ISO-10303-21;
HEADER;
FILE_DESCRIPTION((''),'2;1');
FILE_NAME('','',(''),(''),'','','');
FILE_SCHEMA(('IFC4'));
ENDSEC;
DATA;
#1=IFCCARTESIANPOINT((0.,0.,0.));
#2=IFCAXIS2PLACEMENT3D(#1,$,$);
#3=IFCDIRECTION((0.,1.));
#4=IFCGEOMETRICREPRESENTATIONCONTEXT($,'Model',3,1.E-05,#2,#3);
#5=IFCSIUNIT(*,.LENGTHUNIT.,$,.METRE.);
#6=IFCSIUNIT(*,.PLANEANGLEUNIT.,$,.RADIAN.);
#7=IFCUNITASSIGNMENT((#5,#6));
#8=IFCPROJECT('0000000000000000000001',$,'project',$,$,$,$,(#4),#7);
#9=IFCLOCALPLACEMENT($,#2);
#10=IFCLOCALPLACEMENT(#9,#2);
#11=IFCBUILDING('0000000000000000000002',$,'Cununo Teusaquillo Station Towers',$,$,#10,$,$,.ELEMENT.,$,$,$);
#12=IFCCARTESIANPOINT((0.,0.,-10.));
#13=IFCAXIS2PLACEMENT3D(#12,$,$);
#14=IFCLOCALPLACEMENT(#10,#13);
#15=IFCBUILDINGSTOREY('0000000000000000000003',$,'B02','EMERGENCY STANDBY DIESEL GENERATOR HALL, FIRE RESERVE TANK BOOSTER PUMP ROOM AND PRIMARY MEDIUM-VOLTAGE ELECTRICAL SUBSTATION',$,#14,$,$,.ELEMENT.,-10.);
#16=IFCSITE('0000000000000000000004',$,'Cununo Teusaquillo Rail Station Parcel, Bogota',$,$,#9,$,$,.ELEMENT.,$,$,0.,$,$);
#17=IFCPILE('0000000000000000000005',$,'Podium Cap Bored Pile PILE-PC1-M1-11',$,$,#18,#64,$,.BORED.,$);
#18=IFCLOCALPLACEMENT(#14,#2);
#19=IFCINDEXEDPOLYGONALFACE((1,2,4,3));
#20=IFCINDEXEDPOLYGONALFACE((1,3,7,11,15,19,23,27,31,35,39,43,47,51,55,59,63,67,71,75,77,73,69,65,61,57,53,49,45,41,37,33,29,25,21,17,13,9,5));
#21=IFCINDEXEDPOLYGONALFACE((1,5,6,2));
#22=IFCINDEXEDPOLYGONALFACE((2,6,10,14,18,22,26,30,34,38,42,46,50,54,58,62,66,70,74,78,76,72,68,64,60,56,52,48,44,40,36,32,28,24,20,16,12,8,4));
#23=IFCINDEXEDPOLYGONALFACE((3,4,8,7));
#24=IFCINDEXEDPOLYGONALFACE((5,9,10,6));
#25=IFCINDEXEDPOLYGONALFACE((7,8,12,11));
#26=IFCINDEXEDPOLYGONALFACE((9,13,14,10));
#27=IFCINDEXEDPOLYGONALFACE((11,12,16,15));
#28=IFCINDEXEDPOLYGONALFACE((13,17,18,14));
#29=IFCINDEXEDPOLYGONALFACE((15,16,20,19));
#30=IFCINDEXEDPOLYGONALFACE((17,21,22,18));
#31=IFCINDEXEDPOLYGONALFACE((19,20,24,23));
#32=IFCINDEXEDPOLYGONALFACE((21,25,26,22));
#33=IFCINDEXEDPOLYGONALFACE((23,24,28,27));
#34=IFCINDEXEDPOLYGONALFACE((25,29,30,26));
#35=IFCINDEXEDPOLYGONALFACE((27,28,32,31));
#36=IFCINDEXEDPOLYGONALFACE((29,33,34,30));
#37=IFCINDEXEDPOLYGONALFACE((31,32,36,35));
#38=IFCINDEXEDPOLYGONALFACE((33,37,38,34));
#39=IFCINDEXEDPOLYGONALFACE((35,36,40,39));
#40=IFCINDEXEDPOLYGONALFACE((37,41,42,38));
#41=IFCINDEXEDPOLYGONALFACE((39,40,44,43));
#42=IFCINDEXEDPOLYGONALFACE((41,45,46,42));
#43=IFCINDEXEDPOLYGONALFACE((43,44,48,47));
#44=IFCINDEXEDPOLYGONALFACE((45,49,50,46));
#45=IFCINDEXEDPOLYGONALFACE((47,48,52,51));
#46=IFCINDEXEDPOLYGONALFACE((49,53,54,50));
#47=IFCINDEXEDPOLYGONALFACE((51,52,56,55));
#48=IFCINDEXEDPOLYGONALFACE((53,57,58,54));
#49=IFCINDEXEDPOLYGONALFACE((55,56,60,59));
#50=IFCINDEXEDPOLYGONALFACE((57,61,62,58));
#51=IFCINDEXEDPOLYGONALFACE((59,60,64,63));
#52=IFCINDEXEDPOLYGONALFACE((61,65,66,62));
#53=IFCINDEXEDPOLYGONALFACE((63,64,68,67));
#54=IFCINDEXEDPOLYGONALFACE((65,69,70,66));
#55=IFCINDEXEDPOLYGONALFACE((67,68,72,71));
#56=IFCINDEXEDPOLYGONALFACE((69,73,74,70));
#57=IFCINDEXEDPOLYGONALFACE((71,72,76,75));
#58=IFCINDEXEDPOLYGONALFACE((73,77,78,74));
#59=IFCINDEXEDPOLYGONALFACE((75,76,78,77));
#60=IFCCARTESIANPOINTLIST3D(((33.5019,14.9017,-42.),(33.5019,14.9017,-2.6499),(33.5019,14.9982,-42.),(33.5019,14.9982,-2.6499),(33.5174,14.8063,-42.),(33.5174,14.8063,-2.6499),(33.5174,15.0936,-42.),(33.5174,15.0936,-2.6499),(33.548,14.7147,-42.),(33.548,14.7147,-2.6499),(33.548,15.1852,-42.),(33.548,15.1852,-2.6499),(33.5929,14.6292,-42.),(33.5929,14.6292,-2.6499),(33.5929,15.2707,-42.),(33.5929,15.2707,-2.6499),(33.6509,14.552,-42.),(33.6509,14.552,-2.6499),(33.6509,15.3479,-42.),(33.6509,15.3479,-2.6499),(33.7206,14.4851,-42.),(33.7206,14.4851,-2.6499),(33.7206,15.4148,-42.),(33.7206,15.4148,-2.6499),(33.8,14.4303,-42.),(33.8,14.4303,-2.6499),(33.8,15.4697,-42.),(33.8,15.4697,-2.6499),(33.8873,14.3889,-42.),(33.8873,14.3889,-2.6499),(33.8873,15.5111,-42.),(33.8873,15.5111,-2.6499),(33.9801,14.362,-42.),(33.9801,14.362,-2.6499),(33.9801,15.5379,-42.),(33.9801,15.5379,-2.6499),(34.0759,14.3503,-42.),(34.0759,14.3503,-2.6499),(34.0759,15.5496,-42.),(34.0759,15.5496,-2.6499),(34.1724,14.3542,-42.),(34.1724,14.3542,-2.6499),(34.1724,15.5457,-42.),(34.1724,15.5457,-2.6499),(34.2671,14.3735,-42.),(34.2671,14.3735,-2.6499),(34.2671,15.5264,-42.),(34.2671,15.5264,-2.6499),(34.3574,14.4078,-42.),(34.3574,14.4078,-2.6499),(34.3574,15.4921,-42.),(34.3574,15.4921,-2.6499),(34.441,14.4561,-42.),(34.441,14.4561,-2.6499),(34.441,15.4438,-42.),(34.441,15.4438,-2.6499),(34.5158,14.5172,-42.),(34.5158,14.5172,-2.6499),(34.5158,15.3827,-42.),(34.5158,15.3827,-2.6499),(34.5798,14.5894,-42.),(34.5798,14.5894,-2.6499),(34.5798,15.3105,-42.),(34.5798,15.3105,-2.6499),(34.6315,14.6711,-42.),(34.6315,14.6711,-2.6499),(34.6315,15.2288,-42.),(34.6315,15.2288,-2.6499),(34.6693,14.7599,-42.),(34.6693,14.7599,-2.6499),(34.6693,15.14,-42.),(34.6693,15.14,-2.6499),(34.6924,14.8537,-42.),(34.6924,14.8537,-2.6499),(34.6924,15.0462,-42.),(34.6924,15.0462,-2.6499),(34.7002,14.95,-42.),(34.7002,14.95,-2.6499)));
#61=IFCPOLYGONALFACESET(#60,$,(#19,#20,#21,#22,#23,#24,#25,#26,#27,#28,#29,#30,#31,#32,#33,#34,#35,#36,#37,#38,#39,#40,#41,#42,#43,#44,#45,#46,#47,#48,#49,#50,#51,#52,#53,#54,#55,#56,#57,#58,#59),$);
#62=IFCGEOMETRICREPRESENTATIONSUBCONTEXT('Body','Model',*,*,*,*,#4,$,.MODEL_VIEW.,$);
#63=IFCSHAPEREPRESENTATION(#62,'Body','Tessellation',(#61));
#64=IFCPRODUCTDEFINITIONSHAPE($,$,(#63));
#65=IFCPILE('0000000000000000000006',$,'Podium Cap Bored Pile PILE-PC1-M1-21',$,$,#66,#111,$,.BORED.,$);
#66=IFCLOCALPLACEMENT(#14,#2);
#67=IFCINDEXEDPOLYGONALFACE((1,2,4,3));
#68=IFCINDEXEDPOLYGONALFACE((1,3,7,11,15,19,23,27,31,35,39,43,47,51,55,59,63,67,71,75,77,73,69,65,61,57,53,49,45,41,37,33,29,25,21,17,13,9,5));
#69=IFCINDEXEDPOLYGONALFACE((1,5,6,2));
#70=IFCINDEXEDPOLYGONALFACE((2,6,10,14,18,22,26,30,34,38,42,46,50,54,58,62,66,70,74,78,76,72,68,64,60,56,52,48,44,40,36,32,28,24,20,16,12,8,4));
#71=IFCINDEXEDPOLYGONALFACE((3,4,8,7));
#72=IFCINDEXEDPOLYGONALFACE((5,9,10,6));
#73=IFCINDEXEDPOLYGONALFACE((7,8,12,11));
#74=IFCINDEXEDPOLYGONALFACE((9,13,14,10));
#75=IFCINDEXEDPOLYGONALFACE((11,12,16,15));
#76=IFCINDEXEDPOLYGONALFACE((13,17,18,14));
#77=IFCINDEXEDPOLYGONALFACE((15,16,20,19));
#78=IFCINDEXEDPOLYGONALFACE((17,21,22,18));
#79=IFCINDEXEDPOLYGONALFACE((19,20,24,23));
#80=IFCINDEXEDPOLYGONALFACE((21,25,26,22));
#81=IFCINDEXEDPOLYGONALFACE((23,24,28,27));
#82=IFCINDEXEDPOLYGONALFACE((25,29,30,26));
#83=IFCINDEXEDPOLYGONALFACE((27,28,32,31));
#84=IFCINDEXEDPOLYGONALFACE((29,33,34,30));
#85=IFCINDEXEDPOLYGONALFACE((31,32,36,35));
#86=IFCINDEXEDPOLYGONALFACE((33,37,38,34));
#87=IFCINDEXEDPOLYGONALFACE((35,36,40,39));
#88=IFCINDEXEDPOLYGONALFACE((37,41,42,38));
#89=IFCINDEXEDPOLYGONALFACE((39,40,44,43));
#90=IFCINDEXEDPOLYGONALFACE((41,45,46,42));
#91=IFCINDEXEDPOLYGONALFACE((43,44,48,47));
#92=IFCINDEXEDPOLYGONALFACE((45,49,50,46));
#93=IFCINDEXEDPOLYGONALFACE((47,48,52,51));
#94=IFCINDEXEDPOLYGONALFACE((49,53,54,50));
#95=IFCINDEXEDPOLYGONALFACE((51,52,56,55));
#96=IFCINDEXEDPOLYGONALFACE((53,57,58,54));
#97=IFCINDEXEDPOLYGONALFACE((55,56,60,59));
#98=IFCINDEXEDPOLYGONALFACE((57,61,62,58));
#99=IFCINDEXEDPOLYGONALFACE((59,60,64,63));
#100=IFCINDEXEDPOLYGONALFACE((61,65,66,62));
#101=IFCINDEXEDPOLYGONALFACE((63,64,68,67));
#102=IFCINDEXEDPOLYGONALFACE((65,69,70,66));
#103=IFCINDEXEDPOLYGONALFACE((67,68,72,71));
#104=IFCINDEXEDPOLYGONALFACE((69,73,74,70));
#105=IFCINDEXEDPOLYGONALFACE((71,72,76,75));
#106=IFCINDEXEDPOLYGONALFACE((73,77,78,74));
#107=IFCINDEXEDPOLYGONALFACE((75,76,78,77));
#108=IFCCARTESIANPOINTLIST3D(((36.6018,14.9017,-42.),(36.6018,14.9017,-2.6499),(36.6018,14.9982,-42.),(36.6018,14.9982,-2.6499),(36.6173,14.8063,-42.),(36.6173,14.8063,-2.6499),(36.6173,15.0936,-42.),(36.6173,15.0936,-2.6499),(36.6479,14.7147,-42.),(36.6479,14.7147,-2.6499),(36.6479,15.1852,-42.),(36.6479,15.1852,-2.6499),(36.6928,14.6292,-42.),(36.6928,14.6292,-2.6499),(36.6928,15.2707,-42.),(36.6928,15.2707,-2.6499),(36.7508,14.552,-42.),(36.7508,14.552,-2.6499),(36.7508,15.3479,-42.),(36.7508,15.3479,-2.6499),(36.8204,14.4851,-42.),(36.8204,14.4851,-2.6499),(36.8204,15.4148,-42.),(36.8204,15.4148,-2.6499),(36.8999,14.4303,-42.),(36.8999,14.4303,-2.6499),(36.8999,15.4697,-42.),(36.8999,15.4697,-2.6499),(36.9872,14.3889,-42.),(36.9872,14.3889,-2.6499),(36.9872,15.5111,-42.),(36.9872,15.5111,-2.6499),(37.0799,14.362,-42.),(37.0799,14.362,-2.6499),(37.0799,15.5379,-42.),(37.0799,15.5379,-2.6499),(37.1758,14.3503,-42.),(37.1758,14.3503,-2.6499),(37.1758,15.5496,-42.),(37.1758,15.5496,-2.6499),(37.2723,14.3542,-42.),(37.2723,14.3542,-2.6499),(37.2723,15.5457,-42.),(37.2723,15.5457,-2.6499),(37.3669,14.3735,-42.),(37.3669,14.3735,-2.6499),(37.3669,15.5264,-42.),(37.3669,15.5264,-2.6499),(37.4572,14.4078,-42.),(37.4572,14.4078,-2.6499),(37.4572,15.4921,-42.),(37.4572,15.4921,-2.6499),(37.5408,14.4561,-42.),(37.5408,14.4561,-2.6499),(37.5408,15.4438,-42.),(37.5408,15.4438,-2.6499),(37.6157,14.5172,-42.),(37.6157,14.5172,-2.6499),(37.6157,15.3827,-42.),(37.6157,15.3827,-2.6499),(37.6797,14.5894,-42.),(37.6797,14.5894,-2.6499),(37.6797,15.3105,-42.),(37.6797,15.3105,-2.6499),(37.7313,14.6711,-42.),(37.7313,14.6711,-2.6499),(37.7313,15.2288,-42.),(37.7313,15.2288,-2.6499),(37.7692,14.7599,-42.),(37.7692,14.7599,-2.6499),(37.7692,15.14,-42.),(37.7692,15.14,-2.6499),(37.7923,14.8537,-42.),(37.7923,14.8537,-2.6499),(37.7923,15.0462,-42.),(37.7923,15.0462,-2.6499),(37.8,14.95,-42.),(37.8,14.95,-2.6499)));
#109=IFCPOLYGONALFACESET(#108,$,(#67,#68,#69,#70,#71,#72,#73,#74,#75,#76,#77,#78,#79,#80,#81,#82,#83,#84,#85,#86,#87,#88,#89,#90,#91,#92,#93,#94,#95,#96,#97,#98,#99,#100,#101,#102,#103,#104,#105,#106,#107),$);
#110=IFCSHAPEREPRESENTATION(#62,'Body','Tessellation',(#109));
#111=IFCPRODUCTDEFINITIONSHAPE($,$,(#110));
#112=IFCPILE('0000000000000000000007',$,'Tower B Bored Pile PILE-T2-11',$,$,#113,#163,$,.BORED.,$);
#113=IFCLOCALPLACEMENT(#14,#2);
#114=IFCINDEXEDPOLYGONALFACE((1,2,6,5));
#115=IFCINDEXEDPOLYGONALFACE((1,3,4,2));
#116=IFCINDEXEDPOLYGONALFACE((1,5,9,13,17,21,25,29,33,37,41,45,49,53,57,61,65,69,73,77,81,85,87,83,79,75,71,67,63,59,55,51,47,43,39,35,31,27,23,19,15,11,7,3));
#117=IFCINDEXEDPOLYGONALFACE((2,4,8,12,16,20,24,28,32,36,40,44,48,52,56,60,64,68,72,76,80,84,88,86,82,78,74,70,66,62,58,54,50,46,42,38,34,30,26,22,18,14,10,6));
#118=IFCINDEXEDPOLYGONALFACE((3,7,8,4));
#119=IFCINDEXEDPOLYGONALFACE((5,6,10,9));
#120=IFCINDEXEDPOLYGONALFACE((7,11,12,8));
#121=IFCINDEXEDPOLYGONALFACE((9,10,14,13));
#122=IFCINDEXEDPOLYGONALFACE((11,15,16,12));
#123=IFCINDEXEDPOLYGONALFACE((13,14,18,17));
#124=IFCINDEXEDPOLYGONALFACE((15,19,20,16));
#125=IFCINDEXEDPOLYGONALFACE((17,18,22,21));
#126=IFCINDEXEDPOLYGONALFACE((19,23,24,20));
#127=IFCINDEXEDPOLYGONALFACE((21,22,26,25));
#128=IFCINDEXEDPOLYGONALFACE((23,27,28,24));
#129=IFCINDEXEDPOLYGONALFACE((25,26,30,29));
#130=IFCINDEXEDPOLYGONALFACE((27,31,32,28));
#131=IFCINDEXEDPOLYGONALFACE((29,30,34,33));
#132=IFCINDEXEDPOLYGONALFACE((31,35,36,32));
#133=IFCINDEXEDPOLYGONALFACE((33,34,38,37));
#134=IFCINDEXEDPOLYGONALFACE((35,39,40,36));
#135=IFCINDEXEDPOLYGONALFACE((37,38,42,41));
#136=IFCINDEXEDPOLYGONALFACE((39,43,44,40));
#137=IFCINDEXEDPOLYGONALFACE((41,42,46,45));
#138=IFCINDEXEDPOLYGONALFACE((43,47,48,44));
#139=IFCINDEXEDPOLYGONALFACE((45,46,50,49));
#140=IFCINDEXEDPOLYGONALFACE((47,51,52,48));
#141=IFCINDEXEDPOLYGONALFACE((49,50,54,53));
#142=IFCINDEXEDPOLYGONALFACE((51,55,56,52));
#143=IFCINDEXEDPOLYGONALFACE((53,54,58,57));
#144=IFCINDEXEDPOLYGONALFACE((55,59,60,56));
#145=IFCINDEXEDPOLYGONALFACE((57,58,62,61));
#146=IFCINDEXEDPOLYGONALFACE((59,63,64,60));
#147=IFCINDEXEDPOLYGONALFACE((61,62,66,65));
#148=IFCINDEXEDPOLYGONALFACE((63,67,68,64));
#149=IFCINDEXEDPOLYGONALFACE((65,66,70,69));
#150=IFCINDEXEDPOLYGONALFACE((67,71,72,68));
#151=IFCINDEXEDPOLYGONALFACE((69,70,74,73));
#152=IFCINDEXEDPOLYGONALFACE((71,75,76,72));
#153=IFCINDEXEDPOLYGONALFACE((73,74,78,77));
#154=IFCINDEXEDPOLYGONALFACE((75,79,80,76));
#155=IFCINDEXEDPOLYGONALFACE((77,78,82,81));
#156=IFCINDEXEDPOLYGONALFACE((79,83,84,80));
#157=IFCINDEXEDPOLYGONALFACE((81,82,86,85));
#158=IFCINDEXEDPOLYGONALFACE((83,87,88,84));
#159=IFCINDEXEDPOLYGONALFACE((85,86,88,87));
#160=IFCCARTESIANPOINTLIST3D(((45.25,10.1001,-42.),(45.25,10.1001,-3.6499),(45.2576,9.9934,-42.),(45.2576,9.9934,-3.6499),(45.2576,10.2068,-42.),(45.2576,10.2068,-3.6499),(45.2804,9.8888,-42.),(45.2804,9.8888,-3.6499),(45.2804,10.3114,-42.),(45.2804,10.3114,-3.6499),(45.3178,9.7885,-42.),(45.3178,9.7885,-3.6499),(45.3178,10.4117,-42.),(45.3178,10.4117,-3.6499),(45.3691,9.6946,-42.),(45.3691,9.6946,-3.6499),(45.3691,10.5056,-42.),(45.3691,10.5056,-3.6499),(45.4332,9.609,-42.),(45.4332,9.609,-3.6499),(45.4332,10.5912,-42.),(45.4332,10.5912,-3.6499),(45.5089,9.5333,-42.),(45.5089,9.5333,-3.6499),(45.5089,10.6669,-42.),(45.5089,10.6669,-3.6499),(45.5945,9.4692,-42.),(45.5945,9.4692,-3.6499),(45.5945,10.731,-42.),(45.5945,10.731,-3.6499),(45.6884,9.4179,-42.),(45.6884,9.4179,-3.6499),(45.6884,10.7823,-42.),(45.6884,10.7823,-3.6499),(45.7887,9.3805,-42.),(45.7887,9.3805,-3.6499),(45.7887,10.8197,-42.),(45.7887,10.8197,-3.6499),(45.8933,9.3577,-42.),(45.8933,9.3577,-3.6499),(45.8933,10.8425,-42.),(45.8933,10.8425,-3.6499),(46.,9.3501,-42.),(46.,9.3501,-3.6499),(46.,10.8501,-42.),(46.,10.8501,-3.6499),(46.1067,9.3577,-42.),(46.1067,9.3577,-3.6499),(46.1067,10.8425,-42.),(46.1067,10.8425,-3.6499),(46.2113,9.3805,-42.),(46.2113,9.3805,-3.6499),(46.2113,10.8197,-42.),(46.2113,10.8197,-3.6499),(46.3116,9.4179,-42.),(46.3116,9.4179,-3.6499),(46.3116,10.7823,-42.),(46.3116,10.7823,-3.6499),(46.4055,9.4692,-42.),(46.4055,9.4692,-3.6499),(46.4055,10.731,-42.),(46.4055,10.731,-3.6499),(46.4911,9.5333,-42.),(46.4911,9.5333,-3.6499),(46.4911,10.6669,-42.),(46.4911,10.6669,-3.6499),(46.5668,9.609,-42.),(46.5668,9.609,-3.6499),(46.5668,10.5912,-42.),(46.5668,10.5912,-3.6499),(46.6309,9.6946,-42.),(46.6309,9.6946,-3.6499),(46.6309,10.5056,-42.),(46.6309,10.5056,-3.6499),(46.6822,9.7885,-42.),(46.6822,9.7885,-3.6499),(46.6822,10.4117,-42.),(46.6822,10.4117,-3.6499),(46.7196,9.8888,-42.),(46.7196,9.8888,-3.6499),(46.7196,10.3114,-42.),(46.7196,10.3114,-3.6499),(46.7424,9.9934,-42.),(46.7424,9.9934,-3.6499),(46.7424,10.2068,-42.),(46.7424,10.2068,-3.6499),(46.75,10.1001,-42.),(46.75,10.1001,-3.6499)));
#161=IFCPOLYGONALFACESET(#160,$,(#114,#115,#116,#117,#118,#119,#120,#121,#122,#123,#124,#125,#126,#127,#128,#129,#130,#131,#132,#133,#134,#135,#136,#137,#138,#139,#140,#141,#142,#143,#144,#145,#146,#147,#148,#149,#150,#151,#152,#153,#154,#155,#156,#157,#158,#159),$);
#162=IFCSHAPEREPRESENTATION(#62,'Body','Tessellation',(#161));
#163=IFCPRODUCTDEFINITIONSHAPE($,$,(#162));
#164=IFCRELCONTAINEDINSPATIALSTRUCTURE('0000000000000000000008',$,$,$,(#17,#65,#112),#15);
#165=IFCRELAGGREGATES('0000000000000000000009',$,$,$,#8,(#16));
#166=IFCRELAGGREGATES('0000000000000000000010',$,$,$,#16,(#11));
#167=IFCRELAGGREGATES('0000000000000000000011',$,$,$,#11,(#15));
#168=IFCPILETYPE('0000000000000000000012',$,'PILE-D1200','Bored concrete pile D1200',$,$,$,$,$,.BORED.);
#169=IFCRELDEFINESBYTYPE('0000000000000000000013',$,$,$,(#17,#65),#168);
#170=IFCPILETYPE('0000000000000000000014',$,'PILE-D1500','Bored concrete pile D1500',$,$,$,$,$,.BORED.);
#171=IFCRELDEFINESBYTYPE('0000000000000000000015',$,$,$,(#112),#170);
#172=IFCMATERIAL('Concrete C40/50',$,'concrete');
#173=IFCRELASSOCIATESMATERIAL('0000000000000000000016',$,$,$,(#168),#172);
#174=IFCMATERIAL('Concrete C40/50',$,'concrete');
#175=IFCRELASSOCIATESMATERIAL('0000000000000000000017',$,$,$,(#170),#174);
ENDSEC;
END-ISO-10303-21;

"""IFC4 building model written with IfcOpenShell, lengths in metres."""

from ifc_helpers import new_model, si_unit, direction, frame, origin, origin_2d, place, context, subcontext, project, spatial, circle, extrude, material, material_profile, profile_set, type_object, element, save


model = new_model("IFC4")

# Units and contexts
model_context = context("Model", 3, precision=1e-05, world=origin(), true_north=direction((0.0, 1.0)))
body_context = subcontext(model_context, "Body", "Model", "MODEL_VIEW")
ifc_project = project(units=[si_unit("LENGTHUNIT", "METRE"), si_unit("PLANEANGLEUNIT", "RADIAN")], contexts=[model_context])

# Site, building, storey
site_placement = place(None, origin())
site = spatial("IfcSite", under=ifc_project, at=site_placement, Name="Cununo Teusaquillo Rail Station Parcel, Bogota", CompositionType="ELEMENT", RefElevation=0.0)
building_placement = place(site_placement, origin())
building = spatial("IfcBuilding", under=site, at=building_placement, Name="Cununo Teusaquillo Station Towers", CompositionType="ELEMENT")
storey_placement = place(building_placement, frame((0.0, 0.0, -10.0)))
storey = spatial("IfcBuildingStorey", under=building, at=storey_placement, Name="B02", Description="EMERGENCY STANDBY DIESEL GENERATOR HALL, FIRE RESERVE TANK BOOSTER PUMP ROOM AND PRIMARY MEDIUM-VOLTAGE ELECTRICAL SUBSTATION", CompositionType="ELEMENT", Elevation=-10.0)

# Piles
ifc_material_1 = material(Name="Concrete C40/50", Category="concrete")
ifc_material_profile_1 = material_profile(ifc_material_1, circle(Radius=0.6001, at=origin_2d()), Name="PILE-BORED-1200")
ifc_profile_set_1 = profile_set([ifc_material_profile_1], Name="Concrete C40/50")
pile_type_1 = type_object("IfcPileType", Name="PILE-D1200", Description="Bored concrete pile D1200", PredefinedType="BORED", material=ifc_profile_set_1)
for number, where, z_axis, x_axis, name in (
    (1, (34.1001, 14.95, -2.6499), (0.0, 0.0, -1.0), (1.0, 0.0, 0.0), "Podium Cap Bored Pile PILE-PC1-M1-11"),
    (2, (37.2, 14.95, -2.6499), (0.0, 0.0, -1.0), (1.0, 0.0, 0.0), "Podium Cap Bored Pile PILE-PC1-M1-21"),
):
    element("IfcPile", number, at=place(storey_placement, frame(where, z_axis=z_axis, x_axis=x_axis)), inside=storey, type_object=pile_type_1, Name=name, PredefinedType="BORED", context=body_context, shape_type="SweptSolid", body=[
        extrude(circle(Radius=0.6001, at=origin_2d()), origin(), (0.0, 0.0, 1.0), 39.3501),
    ])
ifc_material_2 = material(Name="Concrete C40/50", Category="concrete")
ifc_material_profile_2 = material_profile(ifc_material_2, circle(Radius=0.75, at=origin_2d()), Name="PILE-BORED-1500")
ifc_profile_set_2 = profile_set([ifc_material_profile_2], Name="Concrete C40/50")
pile_type_2 = type_object("IfcPileType", Name="PILE-D1500", Description="Bored concrete pile D1500", PredefinedType="BORED", material=ifc_profile_set_2)
for number, where, z_axis, x_axis, name in (
    (3, (46.0, 10.1001, -3.6499), (0.0, 0.0, -1.0), (1.0, 0.0, 0.0), "Tower B Bored Pile PILE-T2-11"),
):
    element("IfcPile", number, at=place(storey_placement, frame(where, z_axis=z_axis, x_axis=x_axis)), inside=storey, type_object=pile_type_2, Name=name, PredefinedType="BORED", context=body_context, shape_type="SweptSolid", body=[
        extrude(circle(Radius=0.75, at=origin_2d()), origin(), (0.0, 0.0, 1.0), 38.3501),
    ])

save(model, "model.ifc")
